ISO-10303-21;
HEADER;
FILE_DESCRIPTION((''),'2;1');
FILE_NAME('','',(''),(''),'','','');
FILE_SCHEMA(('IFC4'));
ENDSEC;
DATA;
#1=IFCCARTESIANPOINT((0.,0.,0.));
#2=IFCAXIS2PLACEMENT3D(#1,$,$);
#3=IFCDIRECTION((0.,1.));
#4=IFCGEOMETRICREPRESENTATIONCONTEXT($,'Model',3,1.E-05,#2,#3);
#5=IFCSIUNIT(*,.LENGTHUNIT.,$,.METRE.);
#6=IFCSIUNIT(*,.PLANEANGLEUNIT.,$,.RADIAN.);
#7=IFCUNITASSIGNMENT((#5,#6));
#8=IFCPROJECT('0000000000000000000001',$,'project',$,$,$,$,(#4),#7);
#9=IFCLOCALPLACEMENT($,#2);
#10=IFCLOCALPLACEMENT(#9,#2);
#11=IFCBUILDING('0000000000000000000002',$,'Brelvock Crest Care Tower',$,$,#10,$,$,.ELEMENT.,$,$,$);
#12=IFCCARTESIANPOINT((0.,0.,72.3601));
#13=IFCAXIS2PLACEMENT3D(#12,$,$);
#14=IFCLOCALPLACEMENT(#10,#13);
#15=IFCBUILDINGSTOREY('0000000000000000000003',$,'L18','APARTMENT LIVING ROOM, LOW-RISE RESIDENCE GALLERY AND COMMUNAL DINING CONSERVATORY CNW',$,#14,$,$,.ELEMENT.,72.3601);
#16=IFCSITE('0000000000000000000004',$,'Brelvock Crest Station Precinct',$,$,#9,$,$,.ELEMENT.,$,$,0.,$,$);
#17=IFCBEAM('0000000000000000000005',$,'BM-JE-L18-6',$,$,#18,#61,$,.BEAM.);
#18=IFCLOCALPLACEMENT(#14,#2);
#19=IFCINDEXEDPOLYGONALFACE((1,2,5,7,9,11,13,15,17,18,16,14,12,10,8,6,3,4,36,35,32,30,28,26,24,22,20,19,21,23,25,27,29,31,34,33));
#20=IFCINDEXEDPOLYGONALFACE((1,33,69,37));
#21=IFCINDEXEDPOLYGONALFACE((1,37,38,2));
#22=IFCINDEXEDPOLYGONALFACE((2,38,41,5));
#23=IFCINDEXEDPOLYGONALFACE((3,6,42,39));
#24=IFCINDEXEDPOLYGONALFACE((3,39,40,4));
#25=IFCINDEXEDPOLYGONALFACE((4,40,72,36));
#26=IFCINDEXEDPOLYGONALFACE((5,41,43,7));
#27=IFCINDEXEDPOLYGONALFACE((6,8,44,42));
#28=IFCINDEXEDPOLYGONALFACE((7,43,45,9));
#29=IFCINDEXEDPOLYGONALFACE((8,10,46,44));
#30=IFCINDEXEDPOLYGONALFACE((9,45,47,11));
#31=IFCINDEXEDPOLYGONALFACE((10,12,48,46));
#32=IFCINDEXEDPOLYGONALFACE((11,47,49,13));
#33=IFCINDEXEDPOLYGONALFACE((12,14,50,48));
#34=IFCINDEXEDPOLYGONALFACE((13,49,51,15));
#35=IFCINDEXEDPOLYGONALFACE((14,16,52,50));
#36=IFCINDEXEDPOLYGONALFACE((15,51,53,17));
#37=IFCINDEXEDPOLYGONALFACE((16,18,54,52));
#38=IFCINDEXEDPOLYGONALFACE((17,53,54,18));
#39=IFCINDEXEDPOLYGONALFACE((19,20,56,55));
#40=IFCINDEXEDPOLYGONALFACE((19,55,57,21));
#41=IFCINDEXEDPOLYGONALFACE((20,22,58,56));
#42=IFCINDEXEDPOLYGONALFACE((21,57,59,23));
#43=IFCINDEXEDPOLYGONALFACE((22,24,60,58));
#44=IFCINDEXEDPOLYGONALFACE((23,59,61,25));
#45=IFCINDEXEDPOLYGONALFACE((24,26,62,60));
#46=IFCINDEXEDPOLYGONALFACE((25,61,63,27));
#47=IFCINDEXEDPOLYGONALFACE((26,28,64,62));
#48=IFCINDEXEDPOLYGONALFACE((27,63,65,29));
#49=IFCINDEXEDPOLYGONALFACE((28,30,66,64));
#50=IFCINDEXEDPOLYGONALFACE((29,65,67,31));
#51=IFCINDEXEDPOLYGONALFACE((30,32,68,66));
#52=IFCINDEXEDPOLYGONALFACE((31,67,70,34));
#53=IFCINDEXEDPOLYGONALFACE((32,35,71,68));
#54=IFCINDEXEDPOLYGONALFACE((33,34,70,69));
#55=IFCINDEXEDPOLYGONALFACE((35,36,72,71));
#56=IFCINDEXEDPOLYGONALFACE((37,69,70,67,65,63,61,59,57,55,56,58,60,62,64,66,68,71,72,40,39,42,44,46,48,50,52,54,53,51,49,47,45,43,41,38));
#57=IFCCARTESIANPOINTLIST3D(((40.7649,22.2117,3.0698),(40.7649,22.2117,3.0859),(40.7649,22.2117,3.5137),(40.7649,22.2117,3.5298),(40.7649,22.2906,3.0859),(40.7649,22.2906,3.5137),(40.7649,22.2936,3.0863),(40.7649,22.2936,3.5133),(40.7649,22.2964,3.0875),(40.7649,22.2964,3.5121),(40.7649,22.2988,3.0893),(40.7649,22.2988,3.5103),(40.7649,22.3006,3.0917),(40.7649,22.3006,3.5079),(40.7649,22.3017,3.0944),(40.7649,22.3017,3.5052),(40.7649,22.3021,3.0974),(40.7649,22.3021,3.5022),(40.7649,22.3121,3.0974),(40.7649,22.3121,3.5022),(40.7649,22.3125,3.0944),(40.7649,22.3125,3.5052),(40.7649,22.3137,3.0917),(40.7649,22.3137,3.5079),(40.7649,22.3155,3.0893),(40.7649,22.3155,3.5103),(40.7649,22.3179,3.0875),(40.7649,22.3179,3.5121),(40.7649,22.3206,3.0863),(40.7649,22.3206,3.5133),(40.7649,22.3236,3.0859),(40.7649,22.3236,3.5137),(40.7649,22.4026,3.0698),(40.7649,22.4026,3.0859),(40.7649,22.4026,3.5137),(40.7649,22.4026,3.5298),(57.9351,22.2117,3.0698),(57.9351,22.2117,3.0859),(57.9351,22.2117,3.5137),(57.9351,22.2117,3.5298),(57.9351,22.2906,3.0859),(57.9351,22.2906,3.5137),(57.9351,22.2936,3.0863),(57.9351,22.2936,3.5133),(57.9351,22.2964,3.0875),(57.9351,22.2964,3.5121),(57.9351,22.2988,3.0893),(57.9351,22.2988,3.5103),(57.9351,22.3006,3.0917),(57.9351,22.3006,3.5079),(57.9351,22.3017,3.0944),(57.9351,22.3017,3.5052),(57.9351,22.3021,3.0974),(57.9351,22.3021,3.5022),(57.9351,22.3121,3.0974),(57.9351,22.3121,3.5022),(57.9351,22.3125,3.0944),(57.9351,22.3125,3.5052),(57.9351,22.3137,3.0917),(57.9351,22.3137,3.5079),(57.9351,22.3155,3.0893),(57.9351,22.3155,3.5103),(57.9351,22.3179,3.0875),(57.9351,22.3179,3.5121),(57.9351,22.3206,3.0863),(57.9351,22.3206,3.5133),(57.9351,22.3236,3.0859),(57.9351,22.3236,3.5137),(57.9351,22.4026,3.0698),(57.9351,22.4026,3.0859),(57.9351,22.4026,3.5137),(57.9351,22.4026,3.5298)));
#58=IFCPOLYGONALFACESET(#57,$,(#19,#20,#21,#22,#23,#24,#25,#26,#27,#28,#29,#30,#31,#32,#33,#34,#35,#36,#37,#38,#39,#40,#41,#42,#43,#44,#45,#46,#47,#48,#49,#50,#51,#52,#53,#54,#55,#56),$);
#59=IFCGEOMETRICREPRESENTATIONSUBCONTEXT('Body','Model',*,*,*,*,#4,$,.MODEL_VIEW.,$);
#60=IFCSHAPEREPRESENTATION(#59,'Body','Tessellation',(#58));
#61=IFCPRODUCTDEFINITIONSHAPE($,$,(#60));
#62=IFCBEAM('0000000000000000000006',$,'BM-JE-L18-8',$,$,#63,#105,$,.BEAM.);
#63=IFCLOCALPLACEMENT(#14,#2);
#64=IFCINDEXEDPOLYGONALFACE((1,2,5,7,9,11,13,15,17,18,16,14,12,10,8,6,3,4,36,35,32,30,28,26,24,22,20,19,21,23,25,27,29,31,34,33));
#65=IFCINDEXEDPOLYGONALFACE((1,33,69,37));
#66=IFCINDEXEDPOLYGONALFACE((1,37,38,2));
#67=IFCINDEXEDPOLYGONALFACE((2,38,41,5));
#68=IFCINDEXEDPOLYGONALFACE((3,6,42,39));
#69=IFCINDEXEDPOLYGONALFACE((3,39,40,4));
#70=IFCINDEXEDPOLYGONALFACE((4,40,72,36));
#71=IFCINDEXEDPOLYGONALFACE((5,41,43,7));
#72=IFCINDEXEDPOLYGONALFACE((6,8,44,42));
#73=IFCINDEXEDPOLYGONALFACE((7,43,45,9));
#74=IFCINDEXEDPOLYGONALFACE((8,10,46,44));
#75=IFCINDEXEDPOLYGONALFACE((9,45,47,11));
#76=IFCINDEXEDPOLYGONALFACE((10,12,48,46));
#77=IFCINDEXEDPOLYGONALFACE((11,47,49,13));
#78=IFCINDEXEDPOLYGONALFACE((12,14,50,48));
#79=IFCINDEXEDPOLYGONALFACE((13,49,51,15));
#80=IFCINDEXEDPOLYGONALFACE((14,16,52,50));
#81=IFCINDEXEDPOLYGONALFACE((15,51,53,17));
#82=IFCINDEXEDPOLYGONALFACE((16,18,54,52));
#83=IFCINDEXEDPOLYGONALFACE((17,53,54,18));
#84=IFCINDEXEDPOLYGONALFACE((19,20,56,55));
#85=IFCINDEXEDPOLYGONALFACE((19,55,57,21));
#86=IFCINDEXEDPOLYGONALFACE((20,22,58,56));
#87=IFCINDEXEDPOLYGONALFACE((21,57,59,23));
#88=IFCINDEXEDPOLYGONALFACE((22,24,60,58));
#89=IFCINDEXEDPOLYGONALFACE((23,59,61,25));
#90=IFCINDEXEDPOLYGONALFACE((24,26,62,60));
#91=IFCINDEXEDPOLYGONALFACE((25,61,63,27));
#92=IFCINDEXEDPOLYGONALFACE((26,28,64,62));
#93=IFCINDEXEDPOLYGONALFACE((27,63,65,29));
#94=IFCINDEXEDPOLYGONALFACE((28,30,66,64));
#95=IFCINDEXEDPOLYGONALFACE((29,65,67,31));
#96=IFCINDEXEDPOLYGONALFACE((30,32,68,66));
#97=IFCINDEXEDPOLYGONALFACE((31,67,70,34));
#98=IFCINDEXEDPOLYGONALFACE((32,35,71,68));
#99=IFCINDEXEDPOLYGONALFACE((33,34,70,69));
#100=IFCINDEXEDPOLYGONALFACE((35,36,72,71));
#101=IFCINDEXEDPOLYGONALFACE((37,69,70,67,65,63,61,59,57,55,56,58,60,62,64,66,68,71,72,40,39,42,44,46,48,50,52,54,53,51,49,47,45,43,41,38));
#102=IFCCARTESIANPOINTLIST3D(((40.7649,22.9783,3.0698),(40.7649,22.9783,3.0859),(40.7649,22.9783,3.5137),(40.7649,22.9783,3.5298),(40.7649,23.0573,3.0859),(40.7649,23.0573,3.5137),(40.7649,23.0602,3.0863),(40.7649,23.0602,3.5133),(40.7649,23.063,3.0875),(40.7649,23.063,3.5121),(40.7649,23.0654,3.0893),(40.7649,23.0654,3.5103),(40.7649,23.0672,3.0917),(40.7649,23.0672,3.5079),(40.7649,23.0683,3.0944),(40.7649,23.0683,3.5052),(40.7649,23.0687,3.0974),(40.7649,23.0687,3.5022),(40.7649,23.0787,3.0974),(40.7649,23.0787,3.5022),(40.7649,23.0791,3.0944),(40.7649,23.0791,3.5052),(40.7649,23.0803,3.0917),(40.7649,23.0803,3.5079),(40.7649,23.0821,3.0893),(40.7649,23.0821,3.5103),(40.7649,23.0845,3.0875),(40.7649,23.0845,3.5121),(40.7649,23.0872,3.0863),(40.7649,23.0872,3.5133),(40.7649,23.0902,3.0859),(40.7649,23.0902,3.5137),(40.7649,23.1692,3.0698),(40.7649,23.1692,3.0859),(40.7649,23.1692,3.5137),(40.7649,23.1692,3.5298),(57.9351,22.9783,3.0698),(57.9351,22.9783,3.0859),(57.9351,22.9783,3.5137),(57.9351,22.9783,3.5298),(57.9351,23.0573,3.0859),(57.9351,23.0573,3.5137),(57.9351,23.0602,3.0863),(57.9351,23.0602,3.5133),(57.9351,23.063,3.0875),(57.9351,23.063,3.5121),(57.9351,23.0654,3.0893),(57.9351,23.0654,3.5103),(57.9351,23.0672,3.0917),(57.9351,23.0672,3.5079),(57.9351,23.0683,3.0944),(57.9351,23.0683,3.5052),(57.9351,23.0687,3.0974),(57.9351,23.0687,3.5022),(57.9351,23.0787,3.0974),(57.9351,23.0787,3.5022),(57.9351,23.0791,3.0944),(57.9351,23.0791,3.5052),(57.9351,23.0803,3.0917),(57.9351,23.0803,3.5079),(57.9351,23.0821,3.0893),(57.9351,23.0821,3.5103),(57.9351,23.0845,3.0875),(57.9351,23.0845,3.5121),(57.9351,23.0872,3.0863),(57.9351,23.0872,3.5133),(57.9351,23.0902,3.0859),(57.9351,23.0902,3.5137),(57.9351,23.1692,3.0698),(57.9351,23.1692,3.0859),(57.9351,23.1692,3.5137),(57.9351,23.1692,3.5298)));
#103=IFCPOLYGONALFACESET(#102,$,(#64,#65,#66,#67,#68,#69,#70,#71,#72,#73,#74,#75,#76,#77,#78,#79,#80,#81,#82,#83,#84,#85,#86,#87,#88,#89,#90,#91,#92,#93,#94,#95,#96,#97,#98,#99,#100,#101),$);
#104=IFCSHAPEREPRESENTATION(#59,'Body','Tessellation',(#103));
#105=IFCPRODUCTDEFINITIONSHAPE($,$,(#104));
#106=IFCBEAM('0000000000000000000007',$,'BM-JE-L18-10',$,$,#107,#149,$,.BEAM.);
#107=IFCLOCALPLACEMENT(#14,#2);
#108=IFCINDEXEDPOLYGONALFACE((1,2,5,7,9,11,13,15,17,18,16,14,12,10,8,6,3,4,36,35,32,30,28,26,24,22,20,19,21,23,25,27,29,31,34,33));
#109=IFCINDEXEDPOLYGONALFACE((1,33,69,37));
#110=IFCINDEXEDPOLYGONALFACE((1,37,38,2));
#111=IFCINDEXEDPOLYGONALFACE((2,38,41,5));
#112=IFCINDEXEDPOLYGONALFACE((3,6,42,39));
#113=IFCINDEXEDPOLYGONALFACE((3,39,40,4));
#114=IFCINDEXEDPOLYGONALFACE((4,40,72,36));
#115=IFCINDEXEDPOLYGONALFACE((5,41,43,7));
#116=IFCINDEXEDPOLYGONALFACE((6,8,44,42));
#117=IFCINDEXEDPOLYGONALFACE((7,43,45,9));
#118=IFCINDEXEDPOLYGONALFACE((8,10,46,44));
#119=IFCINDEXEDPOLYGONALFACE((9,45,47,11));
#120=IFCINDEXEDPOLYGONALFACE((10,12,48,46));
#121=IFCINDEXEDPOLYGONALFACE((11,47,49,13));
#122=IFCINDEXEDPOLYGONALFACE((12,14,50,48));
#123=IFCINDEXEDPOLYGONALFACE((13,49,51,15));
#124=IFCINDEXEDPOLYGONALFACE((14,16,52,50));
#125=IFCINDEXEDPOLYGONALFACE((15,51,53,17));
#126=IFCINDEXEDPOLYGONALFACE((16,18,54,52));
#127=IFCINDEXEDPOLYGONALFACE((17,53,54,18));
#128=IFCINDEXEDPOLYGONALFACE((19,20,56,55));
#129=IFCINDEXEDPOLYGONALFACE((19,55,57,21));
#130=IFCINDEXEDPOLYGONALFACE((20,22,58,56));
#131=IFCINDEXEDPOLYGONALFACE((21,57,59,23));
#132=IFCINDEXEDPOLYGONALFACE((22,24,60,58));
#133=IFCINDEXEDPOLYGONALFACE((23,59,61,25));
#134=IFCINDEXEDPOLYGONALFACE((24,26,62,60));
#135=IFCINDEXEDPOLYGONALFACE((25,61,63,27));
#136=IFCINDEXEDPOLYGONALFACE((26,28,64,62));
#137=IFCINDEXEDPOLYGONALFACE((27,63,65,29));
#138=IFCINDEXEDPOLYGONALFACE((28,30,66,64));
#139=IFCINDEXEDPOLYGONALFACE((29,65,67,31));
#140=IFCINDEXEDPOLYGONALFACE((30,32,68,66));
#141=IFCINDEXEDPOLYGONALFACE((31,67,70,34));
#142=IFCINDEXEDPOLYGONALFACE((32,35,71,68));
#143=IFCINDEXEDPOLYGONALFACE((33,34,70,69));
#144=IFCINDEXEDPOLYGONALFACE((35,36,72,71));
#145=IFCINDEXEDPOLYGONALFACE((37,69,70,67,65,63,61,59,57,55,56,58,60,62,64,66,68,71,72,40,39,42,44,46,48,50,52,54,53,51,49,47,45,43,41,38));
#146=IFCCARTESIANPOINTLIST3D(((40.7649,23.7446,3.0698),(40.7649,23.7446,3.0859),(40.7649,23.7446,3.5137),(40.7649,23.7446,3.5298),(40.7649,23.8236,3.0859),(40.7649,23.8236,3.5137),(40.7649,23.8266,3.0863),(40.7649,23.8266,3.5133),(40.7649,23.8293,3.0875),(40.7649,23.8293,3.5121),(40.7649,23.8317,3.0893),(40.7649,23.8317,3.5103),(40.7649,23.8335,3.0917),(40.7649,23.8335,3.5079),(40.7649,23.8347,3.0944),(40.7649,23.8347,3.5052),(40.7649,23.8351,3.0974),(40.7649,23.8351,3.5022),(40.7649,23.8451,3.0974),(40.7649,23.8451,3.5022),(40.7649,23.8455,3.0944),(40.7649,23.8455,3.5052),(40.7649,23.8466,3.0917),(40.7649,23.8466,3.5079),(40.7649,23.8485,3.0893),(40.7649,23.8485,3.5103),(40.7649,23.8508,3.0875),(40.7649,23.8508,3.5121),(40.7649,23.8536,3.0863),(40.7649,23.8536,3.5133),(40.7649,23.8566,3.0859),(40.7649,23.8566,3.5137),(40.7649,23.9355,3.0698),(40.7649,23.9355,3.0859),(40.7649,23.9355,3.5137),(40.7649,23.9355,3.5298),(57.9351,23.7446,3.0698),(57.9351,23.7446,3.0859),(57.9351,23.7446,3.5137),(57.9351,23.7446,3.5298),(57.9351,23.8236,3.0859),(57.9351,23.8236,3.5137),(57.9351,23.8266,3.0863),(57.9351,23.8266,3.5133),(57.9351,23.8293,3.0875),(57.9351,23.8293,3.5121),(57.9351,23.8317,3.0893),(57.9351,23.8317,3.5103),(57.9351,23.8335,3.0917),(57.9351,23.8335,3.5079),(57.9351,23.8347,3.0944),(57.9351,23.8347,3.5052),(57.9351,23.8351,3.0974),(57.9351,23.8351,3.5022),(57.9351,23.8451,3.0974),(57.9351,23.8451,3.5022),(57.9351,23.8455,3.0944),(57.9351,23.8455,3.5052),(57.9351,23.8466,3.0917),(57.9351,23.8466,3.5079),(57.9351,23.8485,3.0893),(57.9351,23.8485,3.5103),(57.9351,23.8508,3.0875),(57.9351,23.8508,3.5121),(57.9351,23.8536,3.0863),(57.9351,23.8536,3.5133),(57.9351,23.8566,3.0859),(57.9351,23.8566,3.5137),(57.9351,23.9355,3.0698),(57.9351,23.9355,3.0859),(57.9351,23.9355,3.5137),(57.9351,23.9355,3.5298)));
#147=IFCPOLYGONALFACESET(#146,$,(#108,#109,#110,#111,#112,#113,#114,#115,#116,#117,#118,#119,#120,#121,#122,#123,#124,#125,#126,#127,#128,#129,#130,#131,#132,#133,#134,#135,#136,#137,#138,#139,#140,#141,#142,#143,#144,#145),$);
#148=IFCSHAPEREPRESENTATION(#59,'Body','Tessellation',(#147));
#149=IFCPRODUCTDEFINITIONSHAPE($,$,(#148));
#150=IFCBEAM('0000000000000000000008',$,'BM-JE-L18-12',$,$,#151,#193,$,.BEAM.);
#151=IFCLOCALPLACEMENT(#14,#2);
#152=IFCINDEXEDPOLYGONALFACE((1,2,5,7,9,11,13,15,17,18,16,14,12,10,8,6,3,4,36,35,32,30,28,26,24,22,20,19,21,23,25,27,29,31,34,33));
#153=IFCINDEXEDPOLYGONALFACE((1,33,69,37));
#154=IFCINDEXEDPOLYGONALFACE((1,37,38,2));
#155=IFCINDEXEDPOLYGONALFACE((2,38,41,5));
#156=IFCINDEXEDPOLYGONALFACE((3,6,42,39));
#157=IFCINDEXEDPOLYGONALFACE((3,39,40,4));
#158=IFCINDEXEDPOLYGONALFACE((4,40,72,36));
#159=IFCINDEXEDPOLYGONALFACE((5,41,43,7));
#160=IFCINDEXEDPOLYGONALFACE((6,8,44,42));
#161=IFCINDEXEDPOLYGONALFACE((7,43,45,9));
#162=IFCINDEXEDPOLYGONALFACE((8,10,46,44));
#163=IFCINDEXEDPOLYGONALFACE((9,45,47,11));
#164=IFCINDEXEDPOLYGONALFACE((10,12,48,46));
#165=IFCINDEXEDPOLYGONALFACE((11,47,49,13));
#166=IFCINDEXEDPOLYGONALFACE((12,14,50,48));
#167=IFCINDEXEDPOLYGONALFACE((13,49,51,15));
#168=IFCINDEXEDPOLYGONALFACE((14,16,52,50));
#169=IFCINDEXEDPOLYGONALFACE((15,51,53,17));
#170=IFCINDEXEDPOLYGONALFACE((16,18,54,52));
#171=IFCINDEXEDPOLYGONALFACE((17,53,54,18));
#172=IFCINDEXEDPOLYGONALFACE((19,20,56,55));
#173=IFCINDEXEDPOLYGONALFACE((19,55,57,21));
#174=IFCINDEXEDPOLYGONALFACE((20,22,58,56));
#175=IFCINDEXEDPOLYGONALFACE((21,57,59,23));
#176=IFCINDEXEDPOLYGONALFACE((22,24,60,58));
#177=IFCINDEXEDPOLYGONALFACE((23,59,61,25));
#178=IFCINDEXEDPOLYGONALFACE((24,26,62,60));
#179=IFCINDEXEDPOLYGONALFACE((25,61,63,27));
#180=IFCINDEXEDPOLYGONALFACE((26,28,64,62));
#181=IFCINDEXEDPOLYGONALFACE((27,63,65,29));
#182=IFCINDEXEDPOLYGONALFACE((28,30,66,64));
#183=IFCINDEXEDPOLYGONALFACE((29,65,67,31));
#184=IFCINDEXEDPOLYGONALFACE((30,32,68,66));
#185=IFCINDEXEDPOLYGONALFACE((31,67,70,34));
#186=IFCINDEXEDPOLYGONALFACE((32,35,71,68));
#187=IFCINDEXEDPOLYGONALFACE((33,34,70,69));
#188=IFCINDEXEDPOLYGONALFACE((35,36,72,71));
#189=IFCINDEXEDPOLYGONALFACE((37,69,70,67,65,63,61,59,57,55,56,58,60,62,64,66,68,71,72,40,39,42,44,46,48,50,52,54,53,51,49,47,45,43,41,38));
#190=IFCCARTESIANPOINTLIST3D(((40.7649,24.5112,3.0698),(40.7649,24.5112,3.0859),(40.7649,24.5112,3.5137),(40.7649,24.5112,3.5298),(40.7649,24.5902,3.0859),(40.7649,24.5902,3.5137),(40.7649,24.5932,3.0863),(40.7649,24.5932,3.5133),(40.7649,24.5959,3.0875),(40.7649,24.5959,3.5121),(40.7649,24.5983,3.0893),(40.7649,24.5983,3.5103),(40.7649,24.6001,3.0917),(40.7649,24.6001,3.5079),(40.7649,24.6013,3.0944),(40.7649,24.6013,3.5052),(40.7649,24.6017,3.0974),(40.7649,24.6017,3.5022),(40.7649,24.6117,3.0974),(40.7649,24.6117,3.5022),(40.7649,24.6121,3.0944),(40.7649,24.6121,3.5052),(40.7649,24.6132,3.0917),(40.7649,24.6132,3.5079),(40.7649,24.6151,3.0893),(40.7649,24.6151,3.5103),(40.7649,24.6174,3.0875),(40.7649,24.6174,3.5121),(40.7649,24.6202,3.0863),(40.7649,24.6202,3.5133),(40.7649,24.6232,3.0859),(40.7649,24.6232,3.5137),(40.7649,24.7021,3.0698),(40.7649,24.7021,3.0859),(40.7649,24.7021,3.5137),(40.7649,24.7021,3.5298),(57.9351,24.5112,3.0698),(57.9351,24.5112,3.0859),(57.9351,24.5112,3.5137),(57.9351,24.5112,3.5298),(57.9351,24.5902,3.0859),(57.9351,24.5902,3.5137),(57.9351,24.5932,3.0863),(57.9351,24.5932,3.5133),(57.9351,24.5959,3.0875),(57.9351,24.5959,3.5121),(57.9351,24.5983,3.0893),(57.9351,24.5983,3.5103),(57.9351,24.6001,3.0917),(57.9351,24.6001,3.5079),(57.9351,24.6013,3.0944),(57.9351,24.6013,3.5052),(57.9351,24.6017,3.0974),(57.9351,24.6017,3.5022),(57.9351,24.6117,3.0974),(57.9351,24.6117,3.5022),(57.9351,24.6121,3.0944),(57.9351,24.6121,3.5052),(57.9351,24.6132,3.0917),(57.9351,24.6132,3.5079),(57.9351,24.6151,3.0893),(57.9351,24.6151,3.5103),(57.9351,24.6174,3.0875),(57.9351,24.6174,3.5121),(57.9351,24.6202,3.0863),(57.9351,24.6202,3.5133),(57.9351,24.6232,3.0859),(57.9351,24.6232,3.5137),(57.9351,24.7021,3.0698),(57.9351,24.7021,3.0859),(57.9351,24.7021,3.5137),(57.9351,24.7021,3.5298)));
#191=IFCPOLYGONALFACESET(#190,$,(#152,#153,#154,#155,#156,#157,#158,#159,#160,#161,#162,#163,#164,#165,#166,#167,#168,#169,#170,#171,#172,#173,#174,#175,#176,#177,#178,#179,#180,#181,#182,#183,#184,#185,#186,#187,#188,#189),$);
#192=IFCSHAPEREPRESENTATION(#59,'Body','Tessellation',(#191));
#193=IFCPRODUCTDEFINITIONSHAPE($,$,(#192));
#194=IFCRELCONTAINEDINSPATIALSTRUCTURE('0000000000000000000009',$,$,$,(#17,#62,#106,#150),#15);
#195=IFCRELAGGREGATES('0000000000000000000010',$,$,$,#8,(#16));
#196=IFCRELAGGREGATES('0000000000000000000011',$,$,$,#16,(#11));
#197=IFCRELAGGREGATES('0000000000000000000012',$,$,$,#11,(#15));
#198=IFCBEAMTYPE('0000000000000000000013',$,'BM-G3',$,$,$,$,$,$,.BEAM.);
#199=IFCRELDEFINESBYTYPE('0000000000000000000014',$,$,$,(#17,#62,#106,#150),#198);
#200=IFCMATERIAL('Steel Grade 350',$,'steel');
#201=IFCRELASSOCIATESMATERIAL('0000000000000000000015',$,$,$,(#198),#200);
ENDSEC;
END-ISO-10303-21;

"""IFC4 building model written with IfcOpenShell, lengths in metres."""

from ifc_helpers import new_model, si_unit, direction, frame, origin, origin_2d, place, context, subcontext, project, spatial, i_section, extrude, source, transform, mapped, material, material_profile, profile_set, type_object, element, save


model = new_model("IFC4")

# Units and contexts
model_context = context("Model", 3, precision=1e-05, world=origin(), true_north=direction((0.0, 1.0)))
body_context = subcontext(model_context, "Body", "Model", "MODEL_VIEW")
ifc_project = project(units=[si_unit("LENGTHUNIT", "METRE"), si_unit("PLANEANGLEUNIT", "RADIAN")], contexts=[model_context])

# Site, building, storey
site_placement = place(None, origin())
site = spatial("IfcSite", under=ifc_project, at=site_placement, Name="Brelvock Crest Station Precinct", CompositionType="ELEMENT", RefElevation=0.0)
building_placement = place(site_placement, origin())
building = spatial("IfcBuilding", under=site, at=building_placement, Name="Brelvock Crest Care Tower", CompositionType="ELEMENT")
storey_placement = place(building_placement, frame((0.0, 0.0, 72.3601)))
storey = spatial("IfcBuildingStorey", under=building, at=storey_placement, Name="L18", Description="APARTMENT LIVING ROOM, LOW-RISE RESIDENCE GALLERY AND COMMUNAL DINING CONSERVATORY CNW", CompositionType="ELEMENT", Elevation=72.3601)

# Beams
ifc_material_1 = material(Name="Steel Grade 350", Category="steel")
ifc_material_profile_1 = material_profile(ifc_material_1, i_section(OverallWidth=0.1909, OverallDepth=0.46, WebThickness=0.01, FlangeThickness=0.0161, FilletRadius=0.0115, at=origin_2d()), Name="460UB82.1")
ifc_profile_set_1 = profile_set([ifc_material_profile_1], Name="Steel Grade 350")
beam_type_1 = type_object("IfcBeamType", Name="BM-G3", PredefinedType="BEAM", material=ifc_profile_set_1)
shared_shape_1 = source(origin(), body_context, "Body", "SweptSolid", [
    extrude(i_section(OverallWidth=0.1909, OverallDepth=0.46, WebThickness=0.01, FlangeThickness=0.0161, FilletRadius=0.0115, at=origin_2d()), origin(), (0.0, 0.0, 1.0), 17.1702),
])
for number, where, z_axis, x_axis, name in (
    (1, (40.7649, 22.3071, 3.2998), (1.0, 0.0, 0.0), (0.0, 1.0, 0.0), "BM-JE-L18-6"),
    (2, (40.7649, 23.0737, 3.2998), (1.0, 0.0, 0.0), (0.0, 1.0, 0.0), "BM-JE-L18-8"),
    (3, (40.7649, 23.8401, 3.2998), (1.0, 0.0, 0.0), (0.0, 1.0, 0.0), "BM-JE-L18-10"),
    (4, (40.7649, 24.6067, 3.2998), (1.0, 0.0, 0.0), (0.0, 1.0, 0.0), "BM-JE-L18-12"),
):
    element("IfcBeam", number, at=place(storey_placement, frame(where, z_axis=z_axis, x_axis=x_axis)), inside=storey, type_object=beam_type_1, Name=name, PredefinedType="BEAM", context=body_context, shape_type="MappedRepresentation", body=[
        mapped(shared_shape_1, transform((0.0, 0.0, 0.0), x_axis=(1.0, 0.0, 0.0), y_axis=(0.0, 1.0, 0.0), z_axis=(0.0, 0.0, 1.0), scale=1.0)),
    ])

save(model, "model.ifc")
